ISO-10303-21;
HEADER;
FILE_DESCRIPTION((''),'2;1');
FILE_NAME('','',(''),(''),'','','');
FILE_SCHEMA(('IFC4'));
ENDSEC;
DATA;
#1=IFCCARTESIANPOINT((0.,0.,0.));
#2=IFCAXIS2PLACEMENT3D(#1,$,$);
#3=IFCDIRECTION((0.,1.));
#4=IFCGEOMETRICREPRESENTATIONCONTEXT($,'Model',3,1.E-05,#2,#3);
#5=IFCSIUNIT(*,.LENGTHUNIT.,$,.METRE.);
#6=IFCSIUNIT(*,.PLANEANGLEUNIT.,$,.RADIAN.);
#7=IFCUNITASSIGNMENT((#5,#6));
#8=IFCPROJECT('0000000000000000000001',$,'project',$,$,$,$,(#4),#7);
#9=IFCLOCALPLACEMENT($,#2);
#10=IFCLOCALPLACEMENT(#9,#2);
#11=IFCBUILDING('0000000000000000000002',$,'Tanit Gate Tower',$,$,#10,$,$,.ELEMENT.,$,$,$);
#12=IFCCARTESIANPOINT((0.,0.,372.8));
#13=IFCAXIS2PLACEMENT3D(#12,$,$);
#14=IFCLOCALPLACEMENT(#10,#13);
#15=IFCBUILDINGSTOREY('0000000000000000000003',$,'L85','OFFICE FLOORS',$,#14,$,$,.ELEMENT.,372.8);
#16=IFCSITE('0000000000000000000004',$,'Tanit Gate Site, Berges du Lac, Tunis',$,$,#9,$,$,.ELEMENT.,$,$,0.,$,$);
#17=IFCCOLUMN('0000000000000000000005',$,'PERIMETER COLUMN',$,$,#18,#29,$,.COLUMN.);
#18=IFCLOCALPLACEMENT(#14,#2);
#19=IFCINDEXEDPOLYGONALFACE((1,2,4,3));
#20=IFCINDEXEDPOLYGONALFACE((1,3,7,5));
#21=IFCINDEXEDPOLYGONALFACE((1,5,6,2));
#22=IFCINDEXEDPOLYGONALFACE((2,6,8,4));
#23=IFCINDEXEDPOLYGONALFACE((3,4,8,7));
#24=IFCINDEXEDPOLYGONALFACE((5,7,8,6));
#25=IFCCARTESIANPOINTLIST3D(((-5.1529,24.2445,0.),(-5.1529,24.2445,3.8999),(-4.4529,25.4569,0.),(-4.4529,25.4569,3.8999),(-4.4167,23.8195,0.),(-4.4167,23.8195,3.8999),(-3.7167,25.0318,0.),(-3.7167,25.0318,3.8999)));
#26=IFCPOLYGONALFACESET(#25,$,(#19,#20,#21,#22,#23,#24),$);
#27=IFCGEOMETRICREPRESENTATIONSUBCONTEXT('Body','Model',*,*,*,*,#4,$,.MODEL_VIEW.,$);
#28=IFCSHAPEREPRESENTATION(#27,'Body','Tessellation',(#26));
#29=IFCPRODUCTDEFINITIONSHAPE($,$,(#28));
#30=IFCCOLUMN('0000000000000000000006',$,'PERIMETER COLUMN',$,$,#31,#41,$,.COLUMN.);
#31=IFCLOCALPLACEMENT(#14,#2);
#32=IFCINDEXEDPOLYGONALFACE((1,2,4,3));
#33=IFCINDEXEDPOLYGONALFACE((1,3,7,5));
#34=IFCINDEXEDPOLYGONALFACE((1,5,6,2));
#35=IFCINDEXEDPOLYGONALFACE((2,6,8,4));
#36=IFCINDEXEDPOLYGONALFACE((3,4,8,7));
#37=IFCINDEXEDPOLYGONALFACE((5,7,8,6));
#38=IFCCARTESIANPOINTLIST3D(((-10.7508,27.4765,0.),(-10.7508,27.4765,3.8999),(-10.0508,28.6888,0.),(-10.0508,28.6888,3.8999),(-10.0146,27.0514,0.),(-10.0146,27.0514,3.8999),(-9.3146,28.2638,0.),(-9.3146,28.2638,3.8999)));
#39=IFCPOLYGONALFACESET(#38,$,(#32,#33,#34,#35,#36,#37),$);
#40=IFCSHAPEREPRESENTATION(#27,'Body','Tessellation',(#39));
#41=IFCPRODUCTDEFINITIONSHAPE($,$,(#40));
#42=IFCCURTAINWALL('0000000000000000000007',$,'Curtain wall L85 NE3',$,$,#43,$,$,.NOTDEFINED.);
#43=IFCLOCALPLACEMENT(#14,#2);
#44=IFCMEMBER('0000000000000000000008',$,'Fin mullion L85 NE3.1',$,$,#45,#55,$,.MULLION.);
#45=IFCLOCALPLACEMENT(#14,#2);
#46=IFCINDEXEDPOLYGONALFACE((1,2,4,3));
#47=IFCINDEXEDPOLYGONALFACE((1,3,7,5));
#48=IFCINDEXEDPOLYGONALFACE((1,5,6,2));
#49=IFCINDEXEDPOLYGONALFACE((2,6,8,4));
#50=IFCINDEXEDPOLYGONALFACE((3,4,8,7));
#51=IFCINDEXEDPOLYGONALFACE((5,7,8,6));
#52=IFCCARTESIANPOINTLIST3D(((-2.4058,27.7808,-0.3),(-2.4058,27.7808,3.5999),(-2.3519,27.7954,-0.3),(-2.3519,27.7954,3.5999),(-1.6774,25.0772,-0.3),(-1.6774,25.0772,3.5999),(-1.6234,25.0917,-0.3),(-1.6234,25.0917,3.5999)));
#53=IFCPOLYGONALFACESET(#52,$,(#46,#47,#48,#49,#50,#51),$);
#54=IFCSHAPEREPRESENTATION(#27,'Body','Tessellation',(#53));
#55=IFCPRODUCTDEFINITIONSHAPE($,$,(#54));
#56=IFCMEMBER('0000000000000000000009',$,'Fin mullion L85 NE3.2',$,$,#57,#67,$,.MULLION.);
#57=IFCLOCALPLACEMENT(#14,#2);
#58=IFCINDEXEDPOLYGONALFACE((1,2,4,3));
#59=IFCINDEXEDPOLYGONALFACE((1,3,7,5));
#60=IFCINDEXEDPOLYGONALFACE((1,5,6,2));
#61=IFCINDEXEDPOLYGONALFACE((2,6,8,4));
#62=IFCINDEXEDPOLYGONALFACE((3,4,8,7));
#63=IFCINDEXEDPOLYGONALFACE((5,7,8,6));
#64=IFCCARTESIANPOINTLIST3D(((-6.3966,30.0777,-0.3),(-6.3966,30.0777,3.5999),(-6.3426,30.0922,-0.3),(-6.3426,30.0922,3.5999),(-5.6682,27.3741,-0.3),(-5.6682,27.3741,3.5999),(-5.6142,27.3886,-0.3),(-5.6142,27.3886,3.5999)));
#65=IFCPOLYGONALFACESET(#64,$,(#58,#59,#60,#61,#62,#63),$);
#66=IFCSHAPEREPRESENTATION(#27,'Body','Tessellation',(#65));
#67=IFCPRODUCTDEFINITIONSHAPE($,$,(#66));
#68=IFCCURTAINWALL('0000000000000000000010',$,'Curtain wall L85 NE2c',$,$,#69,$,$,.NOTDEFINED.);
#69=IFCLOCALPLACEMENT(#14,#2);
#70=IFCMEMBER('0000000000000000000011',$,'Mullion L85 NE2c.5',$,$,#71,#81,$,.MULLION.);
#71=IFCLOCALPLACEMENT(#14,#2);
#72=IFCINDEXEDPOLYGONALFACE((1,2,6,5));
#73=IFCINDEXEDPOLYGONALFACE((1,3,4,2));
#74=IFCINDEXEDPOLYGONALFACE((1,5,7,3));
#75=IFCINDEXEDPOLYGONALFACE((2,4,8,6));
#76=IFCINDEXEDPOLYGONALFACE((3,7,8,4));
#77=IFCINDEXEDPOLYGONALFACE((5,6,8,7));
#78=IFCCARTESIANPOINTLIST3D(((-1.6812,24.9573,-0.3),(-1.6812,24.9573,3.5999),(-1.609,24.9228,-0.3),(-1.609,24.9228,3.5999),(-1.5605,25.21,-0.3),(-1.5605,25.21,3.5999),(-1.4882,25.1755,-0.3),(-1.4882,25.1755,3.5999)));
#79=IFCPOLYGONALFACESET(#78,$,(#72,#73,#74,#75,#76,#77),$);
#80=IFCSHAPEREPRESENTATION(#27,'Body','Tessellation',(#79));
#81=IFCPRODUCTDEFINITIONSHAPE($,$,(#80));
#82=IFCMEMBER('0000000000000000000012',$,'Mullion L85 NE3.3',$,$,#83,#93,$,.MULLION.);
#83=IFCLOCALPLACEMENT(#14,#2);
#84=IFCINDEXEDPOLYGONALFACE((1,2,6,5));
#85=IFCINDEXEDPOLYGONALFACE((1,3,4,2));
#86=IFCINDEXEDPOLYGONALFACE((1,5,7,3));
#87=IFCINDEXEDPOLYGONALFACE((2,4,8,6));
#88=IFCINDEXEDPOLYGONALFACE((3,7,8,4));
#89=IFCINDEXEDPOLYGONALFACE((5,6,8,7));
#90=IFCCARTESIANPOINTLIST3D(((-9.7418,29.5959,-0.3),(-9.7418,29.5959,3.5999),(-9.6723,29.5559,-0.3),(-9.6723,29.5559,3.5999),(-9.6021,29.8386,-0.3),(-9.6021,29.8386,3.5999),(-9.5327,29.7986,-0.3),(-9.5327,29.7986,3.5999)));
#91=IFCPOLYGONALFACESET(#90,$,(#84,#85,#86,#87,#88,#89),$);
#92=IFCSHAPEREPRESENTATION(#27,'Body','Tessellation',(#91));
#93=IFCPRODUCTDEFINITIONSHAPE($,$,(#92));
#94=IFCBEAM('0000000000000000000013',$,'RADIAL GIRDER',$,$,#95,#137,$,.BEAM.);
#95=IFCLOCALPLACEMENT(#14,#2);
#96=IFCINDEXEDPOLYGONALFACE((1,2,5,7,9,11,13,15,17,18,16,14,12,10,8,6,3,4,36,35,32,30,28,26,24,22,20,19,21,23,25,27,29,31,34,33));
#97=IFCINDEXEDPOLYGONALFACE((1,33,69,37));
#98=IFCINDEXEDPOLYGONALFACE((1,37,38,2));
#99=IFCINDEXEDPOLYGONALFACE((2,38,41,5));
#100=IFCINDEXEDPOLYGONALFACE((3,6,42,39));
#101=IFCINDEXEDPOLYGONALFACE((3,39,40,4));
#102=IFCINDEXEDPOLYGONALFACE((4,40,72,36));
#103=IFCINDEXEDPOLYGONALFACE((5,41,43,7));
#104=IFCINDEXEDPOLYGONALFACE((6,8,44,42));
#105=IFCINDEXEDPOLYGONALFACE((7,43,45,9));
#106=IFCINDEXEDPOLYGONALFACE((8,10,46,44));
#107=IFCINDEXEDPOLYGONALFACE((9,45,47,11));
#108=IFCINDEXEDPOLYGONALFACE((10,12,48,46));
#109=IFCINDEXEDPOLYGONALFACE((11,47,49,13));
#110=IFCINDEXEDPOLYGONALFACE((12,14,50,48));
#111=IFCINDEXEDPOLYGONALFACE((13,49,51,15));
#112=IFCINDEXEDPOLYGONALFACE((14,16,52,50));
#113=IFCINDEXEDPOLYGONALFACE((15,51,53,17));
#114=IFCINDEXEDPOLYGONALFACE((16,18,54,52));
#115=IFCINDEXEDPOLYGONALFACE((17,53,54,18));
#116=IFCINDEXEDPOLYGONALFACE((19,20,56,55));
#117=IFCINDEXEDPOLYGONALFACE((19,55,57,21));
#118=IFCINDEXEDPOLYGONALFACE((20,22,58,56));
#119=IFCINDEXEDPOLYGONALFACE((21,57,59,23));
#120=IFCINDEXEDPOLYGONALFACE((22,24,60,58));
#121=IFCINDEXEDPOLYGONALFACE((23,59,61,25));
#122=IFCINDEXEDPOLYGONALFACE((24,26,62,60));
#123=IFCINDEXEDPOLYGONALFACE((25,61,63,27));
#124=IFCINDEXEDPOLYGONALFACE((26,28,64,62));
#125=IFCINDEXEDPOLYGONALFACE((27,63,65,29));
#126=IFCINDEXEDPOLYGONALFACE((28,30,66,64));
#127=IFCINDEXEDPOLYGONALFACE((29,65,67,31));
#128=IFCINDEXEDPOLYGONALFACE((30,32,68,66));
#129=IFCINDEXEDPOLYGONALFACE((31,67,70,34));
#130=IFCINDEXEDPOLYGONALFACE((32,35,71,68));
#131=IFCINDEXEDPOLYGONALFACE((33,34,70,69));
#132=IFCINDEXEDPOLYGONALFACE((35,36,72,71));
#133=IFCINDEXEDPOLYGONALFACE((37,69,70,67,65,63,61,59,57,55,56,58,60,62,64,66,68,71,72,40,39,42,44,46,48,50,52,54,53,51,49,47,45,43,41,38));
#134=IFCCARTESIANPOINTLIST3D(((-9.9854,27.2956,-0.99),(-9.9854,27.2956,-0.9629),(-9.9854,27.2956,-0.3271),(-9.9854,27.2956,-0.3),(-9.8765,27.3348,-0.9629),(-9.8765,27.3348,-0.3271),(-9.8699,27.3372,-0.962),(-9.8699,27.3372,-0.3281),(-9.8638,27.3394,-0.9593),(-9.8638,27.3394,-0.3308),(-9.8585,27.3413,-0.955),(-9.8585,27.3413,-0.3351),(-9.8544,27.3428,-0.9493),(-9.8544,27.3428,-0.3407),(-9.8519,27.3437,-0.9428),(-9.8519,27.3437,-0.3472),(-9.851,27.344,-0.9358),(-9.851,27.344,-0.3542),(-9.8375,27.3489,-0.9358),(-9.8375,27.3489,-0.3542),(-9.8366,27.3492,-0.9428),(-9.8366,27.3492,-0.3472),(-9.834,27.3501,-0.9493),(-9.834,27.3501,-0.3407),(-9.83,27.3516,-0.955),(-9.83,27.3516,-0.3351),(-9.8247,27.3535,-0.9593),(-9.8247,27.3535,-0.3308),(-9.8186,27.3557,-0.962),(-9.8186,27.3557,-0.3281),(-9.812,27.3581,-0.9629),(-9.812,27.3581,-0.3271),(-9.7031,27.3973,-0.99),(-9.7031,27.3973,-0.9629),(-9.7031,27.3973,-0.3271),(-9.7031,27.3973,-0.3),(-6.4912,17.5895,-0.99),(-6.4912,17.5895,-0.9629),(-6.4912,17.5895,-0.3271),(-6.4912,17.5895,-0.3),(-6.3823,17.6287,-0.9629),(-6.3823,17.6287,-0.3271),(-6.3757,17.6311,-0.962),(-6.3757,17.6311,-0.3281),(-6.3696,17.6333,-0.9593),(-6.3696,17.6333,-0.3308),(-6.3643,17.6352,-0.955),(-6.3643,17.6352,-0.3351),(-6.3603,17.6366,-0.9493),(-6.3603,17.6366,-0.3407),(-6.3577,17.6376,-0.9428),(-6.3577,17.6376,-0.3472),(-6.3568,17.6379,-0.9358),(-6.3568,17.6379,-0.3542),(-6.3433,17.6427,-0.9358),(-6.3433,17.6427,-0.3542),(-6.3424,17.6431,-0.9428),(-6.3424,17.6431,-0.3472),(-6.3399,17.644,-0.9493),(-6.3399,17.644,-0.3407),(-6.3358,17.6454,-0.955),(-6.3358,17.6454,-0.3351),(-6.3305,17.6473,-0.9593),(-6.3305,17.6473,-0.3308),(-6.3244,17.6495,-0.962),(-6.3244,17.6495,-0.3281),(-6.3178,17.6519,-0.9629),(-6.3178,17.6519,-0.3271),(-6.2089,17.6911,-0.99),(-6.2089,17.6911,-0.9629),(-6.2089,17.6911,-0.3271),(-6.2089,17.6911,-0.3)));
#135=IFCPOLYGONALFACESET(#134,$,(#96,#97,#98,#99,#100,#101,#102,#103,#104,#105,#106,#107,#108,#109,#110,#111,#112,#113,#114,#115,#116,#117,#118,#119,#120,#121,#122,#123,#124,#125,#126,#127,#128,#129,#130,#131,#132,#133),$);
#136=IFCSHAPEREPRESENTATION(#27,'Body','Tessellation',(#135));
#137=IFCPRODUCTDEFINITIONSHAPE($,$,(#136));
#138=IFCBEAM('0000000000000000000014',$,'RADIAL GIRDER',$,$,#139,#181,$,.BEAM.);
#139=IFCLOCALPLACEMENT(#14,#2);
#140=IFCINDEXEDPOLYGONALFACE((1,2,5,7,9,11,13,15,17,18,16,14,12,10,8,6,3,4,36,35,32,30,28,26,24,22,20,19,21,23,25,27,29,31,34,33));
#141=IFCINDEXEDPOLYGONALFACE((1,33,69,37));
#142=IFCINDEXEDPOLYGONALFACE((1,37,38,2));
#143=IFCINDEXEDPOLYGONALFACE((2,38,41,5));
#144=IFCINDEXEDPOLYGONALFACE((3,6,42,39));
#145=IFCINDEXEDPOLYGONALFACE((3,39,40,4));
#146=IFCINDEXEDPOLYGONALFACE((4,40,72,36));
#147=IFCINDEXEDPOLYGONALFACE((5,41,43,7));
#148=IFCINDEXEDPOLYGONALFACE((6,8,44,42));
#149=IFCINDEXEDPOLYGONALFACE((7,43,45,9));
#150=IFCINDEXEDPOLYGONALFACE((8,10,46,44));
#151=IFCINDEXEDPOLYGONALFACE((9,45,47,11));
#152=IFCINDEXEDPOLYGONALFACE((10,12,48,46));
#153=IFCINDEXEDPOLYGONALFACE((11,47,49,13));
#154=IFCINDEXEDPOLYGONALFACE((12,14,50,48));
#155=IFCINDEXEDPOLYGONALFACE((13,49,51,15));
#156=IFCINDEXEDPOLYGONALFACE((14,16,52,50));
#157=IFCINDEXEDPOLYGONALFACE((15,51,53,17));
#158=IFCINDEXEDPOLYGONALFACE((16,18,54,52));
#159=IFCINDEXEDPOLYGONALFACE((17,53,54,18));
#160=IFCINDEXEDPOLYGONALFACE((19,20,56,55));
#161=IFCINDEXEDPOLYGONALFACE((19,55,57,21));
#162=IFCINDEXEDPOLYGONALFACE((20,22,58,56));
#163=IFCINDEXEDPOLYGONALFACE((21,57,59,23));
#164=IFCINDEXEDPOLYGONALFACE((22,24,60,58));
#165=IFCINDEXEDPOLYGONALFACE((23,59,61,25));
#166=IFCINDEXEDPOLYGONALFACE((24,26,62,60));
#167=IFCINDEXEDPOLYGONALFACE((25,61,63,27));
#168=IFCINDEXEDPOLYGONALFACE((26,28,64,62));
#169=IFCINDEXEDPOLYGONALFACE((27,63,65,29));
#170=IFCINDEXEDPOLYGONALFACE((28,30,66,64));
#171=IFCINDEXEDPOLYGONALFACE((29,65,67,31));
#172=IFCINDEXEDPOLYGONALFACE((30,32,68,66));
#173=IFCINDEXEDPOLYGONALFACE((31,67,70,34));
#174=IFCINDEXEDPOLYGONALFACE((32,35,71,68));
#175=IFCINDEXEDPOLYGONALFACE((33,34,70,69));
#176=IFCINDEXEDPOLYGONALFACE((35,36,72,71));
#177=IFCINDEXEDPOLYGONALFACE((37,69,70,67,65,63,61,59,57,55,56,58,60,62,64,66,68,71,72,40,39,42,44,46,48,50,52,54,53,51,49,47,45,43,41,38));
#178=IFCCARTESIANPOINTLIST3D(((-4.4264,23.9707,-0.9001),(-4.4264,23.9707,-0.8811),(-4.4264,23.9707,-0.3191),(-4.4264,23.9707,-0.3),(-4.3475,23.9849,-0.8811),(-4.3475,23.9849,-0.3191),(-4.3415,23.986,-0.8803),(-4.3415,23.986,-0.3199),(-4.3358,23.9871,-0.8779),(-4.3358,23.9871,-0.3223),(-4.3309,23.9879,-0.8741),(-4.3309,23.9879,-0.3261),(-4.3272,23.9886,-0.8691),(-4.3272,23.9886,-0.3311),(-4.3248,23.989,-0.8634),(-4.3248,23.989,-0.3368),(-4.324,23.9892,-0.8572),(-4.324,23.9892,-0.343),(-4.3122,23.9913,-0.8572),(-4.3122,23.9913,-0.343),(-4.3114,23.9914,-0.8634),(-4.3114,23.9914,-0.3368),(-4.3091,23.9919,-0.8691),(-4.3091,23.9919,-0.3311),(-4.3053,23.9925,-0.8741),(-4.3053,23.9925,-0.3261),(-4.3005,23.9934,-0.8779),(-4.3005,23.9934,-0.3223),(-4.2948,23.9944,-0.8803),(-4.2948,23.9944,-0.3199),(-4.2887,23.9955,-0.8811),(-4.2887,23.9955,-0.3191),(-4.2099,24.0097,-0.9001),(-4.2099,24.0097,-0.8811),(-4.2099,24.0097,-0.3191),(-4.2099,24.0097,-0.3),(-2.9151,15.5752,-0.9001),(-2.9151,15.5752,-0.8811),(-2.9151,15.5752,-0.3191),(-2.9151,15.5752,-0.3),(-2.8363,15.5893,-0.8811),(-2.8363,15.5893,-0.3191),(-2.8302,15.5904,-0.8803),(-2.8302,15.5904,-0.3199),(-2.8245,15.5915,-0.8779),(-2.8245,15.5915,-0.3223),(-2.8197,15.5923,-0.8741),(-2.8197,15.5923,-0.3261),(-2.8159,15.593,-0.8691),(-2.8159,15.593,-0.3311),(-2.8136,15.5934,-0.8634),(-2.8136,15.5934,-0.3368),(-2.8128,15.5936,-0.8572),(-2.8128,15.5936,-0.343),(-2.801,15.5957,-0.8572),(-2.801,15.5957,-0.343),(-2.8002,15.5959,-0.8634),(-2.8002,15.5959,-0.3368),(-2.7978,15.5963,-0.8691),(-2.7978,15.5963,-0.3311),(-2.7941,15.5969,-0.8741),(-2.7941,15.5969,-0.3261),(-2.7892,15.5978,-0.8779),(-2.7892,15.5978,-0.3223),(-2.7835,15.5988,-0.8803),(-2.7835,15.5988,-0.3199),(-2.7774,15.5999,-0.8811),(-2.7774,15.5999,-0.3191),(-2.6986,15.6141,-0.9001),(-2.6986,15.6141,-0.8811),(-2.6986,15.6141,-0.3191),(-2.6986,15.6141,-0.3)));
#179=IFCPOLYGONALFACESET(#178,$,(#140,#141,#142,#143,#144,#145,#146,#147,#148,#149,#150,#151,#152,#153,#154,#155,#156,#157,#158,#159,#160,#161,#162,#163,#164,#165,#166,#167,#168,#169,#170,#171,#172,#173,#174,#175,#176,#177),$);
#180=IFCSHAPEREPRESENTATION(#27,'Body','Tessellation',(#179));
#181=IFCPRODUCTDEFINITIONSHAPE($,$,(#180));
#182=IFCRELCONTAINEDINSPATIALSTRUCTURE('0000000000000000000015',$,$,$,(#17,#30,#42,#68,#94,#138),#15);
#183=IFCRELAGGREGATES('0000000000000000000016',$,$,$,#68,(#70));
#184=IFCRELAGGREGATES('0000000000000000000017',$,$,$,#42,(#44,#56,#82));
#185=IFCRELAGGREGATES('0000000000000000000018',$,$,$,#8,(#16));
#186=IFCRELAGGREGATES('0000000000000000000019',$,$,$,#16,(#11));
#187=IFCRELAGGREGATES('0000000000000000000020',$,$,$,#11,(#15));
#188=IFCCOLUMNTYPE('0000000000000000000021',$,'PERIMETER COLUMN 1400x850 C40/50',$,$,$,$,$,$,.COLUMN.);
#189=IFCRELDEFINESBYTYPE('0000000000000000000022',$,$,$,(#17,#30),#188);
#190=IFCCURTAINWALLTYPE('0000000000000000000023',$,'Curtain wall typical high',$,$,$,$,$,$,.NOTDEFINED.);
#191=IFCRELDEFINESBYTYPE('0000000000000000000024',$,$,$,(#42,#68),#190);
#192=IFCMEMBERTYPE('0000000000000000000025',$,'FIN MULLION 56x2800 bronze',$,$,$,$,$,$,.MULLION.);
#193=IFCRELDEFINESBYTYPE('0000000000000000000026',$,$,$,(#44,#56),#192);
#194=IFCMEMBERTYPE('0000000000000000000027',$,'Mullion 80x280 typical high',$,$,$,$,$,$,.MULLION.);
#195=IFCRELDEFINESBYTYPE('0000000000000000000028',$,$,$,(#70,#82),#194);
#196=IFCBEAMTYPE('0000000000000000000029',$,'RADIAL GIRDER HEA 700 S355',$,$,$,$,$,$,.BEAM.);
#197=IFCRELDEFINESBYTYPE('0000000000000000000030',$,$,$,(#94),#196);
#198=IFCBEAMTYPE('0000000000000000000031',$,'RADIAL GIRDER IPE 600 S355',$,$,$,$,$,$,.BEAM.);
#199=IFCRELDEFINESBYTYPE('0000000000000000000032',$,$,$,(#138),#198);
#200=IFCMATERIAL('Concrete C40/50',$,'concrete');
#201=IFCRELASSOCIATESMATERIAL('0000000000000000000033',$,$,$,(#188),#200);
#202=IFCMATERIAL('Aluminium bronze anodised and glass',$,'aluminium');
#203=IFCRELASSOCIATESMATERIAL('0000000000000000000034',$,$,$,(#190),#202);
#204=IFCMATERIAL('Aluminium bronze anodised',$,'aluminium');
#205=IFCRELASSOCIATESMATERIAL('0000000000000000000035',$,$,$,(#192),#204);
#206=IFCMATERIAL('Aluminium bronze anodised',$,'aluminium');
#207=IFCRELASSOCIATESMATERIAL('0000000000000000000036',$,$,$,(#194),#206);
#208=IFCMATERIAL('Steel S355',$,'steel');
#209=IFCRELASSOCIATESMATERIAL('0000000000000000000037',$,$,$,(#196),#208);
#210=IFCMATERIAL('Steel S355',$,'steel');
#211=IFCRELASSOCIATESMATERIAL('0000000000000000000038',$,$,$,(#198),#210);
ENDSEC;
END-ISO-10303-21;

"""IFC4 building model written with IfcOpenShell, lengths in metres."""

from ifc_helpers import new_model, si_unit, direction, frame, origin, origin_2d, place, context, subcontext, project, spatial, rectangle, i_section, extrude, material, material_profile, profile_set, type_object, element, aggregate, save


model = new_model("IFC4")

# Units and contexts
model_context = context("Model", 3, precision=1e-05, world=origin(), true_north=direction((0.0, 1.0)))
body_context = subcontext(model_context, "Body", "Model", "MODEL_VIEW")
ifc_project = project(units=[si_unit("LENGTHUNIT", "METRE"), si_unit("PLANEANGLEUNIT", "RADIAN")], contexts=[model_context])

# Site, building, storey
site_placement = place(None, origin())
site = spatial("IfcSite", under=ifc_project, at=site_placement, Name="Tanit Gate Site, Berges du Lac, Tunis", CompositionType="ELEMENT", RefElevation=0.0)
building_placement = place(site_placement, origin())
building = spatial("IfcBuilding", under=site, at=building_placement, Name="Tanit Gate Tower", CompositionType="ELEMENT")
storey_placement = place(building_placement, frame((0.0, 0.0, 372.8)))
storey = spatial("IfcBuildingStorey", under=building, at=storey_placement, Name="L85", Description="OFFICE FLOORS", CompositionType="ELEMENT", Elevation=372.8)

# Columns
ifc_material_1 = material(Name="Concrete C40/50", Category="concrete")
ifc_material_profile_1 = material_profile(ifc_material_1, rectangle(XDim=1.3999, YDim=0.8501, at=origin_2d()), Name="RC 1400x850")
ifc_profile_set_1 = profile_set([ifc_material_profile_1], Name="Concrete C40/50")
column_type = type_object("IfcColumnType", Name="PERIMETER COLUMN 1400x850 C40/50", PredefinedType="COLUMN", material=ifc_profile_set_1)
for number, where, z_axis, x_axis, name in (
    (1, (-4.4348, 24.6382, 0.0), (0.0, 0.0, 1.0), (0.5, 0.866025, 0.0), "PERIMETER COLUMN"),
    (2, (-10.0327, 27.8701, 0.0), (0.0, 0.0, 1.0), (0.5, 0.866025, 0.0), "PERIMETER COLUMN"),
):
    element("IfcColumn", number, at=place(storey_placement, frame(where, z_axis=z_axis, x_axis=x_axis)), inside=storey, type_object=column_type, Name=name, PredefinedType="COLUMN", context=body_context, shape_type="SweptSolid", body=[
        extrude(rectangle(XDim=1.3999, YDim=0.8501, at=origin_2d()), origin(), (0.0, 0.0, 1.0), 3.8999),
    ])

# Curtain wall, members
ifc_material_2 = material(Name="Aluminium bronze anodised and glass", Category="aluminium")
curtain_wall_type = type_object("IfcCurtainWallType", Name="Curtain wall typical high", PredefinedType="NOTDEFINED", material=ifc_material_2)
curtain_wall_1_placement = place(storey_placement, origin())
curtain_wall_1 = element("IfcCurtainWall", 3, at=curtain_wall_1_placement, inside=storey, type_object=curtain_wall_type, Name="Curtain wall L85 NE3", PredefinedType="NOTDEFINED")
ifc_material_3 = material(Name="Aluminium bronze anodised", Category="aluminium")
ifc_material_profile_2 = material_profile(ifc_material_3, rectangle(XDim=2.8, YDim=0.0559, at=origin_2d()), Name="56x2800 bronze fin mullion")
ifc_profile_set_2 = profile_set([ifc_material_profile_2], Name="Aluminium bronze anodised")
member_type_1 = type_object("IfcMemberType", Name="FIN MULLION 56x2800 bronze", PredefinedType="MULLION", material=ifc_profile_set_2)
member_1_placement = place(storey_placement, frame((-2.0146, 26.4363, -0.3), z_axis=(0.0, 0.0, 1.0), x_axis=(0.260144, -0.96557, 0.0)))
member_1 = element("IfcMember", 4, at=member_1_placement, type_object=member_type_1, Name="Fin mullion L85 NE3.1", PredefinedType="MULLION", context=body_context, shape_type="SweptSolid", body=[
    extrude(rectangle(XDim=2.8, YDim=0.0559, at=origin_2d()), origin(), (0.0, 0.0, 1.0), 3.8999),
])
member_2_placement = place(storey_placement, frame((-6.0054, 28.7332, -0.3), z_axis=(0.0, 0.0, 1.0), x_axis=(0.260144, -0.96557, 0.0)))
member_2 = element("IfcMember", 5, at=member_2_placement, type_object=member_type_1, Name="Fin mullion L85 NE3.2", PredefinedType="MULLION", context=body_context, shape_type="SweptSolid", body=[
    extrude(rectangle(XDim=2.8, YDim=0.0559, at=origin_2d()), origin(), (0.0, 0.0, 1.0), 3.8999),
])

# Curtain wall, member
curtain_wall_2_placement = place(storey_placement, origin())
curtain_wall_2 = element("IfcCurtainWall", 6, at=curtain_wall_2_placement, inside=storey, type_object=curtain_wall_type, Name="Curtain wall L85 NE2c", PredefinedType="NOTDEFINED")
ifc_material_4 = material(Name="Aluminium bronze anodised", Category="aluminium")
ifc_material_profile_3 = material_profile(ifc_material_4, rectangle(XDim=0.28, YDim=0.0801, at=origin_2d()), Name="80x280 bronze mullion")
ifc_profile_set_3 = profile_set([ifc_material_profile_3], Name="Aluminium bronze anodised")
member_type_2 = type_object("IfcMemberType", Name="Mullion 80x280 typical high", PredefinedType="MULLION", material=ifc_profile_set_3)
member_3_placement = place(storey_placement, frame((-1.5847, 25.0664, -0.3), z_axis=(0.0, 0.0, 1.0), x_axis=(-0.431197, -0.902258, 0.0)))
member_3 = element("IfcMember", 7, at=member_3_placement, type_object=member_type_2, Name="Mullion L85 NE2c.5", PredefinedType="MULLION", context=body_context, shape_type="SweptSolid", body=[
    extrude(rectangle(XDim=0.28, YDim=0.0801, at=origin_2d()), origin(), (0.0, 0.0, 1.0), 3.8999),
])
aggregate(curtain_wall_2, [member_3])

# Member
member_4_placement = place(storey_placement, frame((-9.6372, 29.6973, -0.3), z_axis=(0.0, 0.0, 1.0), x_axis=(-0.498812, -0.86671, 0.0)))
member_4 = element("IfcMember", 8, at=member_4_placement, type_object=member_type_2, Name="Mullion L85 NE3.3", PredefinedType="MULLION", context=body_context, shape_type="SweptSolid", body=[
    extrude(rectangle(XDim=0.28, YDim=0.0801, at=origin_2d()), origin(), (0.0, 0.0, 1.0), 3.8999),
])

# Beams
ifc_material_5 = material(Name="Steel S355", Category="steel")
ifc_material_profile_4 = material_profile(ifc_material_5, i_section(OverallWidth=0.3, OverallDepth=0.6899, WebThickness=0.0144, FlangeThickness=0.0271, FilletRadius=0.0271, at=origin_2d()), Name="HEA 700")
ifc_profile_set_4 = profile_set([ifc_material_profile_4], Name="Steel S355")
beam_type_1 = type_object("IfcBeamType", Name="RADIAL GIRDER HEA 700 S355", PredefinedType="BEAM", material=ifc_profile_set_4)
beam_1_placement = place(storey_placement, frame((-9.8442, 27.3464, -0.645), z_axis=(0.338716, -0.940889, 0.0), x_axis=(0.940889, 0.338716, 0.0)))
element("IfcBeam", 9, at=beam_1_placement, inside=storey, type_object=beam_type_1, Name="RADIAL GIRDER", PredefinedType="BEAM", context=body_context, shape_type="SweptSolid", body=[
    extrude(i_section(OverallWidth=0.3, OverallDepth=0.6899, WebThickness=0.0144, FlangeThickness=0.0271, FilletRadius=0.0271, at=origin_2d()), origin(), (0.0, 0.0, 1.0), 10.3159),
])
ifc_material_6 = material(Name="Steel S355", Category="steel")
ifc_material_profile_5 = material_profile(ifc_material_6, i_section(OverallWidth=0.22, OverallDepth=0.6001, WebThickness=0.012, FlangeThickness=0.019, FilletRadius=0.0239, at=origin_2d()), Name="IPE 600")
ifc_profile_set_5 = profile_set([ifc_material_profile_5], Name="Steel S355")
beam_type_2 = type_object("IfcBeamType", Name="RADIAL GIRDER IPE 600 S355", PredefinedType="BEAM", material=ifc_profile_set_5)
beam_2_placement = place(storey_placement, frame((-4.3181, 23.9902, -0.6001), z_axis=(0.177157, -0.984183, 0.0), x_axis=(0.984183, 0.177157, 0.0)))
element("IfcBeam", 10, at=beam_2_placement, inside=storey, type_object=beam_type_2, Name="RADIAL GIRDER", PredefinedType="BEAM", context=body_context, shape_type="SweptSolid", body=[
    extrude(i_section(OverallWidth=0.22, OverallDepth=0.6001, WebThickness=0.012, FlangeThickness=0.019, FilletRadius=0.0239, at=origin_2d()), origin(), (0.0, 0.0, 1.0), 8.5305),
])

aggregate(curtain_wall_1, [member_1, member_2, member_4])

save(model, "model.ifc")
